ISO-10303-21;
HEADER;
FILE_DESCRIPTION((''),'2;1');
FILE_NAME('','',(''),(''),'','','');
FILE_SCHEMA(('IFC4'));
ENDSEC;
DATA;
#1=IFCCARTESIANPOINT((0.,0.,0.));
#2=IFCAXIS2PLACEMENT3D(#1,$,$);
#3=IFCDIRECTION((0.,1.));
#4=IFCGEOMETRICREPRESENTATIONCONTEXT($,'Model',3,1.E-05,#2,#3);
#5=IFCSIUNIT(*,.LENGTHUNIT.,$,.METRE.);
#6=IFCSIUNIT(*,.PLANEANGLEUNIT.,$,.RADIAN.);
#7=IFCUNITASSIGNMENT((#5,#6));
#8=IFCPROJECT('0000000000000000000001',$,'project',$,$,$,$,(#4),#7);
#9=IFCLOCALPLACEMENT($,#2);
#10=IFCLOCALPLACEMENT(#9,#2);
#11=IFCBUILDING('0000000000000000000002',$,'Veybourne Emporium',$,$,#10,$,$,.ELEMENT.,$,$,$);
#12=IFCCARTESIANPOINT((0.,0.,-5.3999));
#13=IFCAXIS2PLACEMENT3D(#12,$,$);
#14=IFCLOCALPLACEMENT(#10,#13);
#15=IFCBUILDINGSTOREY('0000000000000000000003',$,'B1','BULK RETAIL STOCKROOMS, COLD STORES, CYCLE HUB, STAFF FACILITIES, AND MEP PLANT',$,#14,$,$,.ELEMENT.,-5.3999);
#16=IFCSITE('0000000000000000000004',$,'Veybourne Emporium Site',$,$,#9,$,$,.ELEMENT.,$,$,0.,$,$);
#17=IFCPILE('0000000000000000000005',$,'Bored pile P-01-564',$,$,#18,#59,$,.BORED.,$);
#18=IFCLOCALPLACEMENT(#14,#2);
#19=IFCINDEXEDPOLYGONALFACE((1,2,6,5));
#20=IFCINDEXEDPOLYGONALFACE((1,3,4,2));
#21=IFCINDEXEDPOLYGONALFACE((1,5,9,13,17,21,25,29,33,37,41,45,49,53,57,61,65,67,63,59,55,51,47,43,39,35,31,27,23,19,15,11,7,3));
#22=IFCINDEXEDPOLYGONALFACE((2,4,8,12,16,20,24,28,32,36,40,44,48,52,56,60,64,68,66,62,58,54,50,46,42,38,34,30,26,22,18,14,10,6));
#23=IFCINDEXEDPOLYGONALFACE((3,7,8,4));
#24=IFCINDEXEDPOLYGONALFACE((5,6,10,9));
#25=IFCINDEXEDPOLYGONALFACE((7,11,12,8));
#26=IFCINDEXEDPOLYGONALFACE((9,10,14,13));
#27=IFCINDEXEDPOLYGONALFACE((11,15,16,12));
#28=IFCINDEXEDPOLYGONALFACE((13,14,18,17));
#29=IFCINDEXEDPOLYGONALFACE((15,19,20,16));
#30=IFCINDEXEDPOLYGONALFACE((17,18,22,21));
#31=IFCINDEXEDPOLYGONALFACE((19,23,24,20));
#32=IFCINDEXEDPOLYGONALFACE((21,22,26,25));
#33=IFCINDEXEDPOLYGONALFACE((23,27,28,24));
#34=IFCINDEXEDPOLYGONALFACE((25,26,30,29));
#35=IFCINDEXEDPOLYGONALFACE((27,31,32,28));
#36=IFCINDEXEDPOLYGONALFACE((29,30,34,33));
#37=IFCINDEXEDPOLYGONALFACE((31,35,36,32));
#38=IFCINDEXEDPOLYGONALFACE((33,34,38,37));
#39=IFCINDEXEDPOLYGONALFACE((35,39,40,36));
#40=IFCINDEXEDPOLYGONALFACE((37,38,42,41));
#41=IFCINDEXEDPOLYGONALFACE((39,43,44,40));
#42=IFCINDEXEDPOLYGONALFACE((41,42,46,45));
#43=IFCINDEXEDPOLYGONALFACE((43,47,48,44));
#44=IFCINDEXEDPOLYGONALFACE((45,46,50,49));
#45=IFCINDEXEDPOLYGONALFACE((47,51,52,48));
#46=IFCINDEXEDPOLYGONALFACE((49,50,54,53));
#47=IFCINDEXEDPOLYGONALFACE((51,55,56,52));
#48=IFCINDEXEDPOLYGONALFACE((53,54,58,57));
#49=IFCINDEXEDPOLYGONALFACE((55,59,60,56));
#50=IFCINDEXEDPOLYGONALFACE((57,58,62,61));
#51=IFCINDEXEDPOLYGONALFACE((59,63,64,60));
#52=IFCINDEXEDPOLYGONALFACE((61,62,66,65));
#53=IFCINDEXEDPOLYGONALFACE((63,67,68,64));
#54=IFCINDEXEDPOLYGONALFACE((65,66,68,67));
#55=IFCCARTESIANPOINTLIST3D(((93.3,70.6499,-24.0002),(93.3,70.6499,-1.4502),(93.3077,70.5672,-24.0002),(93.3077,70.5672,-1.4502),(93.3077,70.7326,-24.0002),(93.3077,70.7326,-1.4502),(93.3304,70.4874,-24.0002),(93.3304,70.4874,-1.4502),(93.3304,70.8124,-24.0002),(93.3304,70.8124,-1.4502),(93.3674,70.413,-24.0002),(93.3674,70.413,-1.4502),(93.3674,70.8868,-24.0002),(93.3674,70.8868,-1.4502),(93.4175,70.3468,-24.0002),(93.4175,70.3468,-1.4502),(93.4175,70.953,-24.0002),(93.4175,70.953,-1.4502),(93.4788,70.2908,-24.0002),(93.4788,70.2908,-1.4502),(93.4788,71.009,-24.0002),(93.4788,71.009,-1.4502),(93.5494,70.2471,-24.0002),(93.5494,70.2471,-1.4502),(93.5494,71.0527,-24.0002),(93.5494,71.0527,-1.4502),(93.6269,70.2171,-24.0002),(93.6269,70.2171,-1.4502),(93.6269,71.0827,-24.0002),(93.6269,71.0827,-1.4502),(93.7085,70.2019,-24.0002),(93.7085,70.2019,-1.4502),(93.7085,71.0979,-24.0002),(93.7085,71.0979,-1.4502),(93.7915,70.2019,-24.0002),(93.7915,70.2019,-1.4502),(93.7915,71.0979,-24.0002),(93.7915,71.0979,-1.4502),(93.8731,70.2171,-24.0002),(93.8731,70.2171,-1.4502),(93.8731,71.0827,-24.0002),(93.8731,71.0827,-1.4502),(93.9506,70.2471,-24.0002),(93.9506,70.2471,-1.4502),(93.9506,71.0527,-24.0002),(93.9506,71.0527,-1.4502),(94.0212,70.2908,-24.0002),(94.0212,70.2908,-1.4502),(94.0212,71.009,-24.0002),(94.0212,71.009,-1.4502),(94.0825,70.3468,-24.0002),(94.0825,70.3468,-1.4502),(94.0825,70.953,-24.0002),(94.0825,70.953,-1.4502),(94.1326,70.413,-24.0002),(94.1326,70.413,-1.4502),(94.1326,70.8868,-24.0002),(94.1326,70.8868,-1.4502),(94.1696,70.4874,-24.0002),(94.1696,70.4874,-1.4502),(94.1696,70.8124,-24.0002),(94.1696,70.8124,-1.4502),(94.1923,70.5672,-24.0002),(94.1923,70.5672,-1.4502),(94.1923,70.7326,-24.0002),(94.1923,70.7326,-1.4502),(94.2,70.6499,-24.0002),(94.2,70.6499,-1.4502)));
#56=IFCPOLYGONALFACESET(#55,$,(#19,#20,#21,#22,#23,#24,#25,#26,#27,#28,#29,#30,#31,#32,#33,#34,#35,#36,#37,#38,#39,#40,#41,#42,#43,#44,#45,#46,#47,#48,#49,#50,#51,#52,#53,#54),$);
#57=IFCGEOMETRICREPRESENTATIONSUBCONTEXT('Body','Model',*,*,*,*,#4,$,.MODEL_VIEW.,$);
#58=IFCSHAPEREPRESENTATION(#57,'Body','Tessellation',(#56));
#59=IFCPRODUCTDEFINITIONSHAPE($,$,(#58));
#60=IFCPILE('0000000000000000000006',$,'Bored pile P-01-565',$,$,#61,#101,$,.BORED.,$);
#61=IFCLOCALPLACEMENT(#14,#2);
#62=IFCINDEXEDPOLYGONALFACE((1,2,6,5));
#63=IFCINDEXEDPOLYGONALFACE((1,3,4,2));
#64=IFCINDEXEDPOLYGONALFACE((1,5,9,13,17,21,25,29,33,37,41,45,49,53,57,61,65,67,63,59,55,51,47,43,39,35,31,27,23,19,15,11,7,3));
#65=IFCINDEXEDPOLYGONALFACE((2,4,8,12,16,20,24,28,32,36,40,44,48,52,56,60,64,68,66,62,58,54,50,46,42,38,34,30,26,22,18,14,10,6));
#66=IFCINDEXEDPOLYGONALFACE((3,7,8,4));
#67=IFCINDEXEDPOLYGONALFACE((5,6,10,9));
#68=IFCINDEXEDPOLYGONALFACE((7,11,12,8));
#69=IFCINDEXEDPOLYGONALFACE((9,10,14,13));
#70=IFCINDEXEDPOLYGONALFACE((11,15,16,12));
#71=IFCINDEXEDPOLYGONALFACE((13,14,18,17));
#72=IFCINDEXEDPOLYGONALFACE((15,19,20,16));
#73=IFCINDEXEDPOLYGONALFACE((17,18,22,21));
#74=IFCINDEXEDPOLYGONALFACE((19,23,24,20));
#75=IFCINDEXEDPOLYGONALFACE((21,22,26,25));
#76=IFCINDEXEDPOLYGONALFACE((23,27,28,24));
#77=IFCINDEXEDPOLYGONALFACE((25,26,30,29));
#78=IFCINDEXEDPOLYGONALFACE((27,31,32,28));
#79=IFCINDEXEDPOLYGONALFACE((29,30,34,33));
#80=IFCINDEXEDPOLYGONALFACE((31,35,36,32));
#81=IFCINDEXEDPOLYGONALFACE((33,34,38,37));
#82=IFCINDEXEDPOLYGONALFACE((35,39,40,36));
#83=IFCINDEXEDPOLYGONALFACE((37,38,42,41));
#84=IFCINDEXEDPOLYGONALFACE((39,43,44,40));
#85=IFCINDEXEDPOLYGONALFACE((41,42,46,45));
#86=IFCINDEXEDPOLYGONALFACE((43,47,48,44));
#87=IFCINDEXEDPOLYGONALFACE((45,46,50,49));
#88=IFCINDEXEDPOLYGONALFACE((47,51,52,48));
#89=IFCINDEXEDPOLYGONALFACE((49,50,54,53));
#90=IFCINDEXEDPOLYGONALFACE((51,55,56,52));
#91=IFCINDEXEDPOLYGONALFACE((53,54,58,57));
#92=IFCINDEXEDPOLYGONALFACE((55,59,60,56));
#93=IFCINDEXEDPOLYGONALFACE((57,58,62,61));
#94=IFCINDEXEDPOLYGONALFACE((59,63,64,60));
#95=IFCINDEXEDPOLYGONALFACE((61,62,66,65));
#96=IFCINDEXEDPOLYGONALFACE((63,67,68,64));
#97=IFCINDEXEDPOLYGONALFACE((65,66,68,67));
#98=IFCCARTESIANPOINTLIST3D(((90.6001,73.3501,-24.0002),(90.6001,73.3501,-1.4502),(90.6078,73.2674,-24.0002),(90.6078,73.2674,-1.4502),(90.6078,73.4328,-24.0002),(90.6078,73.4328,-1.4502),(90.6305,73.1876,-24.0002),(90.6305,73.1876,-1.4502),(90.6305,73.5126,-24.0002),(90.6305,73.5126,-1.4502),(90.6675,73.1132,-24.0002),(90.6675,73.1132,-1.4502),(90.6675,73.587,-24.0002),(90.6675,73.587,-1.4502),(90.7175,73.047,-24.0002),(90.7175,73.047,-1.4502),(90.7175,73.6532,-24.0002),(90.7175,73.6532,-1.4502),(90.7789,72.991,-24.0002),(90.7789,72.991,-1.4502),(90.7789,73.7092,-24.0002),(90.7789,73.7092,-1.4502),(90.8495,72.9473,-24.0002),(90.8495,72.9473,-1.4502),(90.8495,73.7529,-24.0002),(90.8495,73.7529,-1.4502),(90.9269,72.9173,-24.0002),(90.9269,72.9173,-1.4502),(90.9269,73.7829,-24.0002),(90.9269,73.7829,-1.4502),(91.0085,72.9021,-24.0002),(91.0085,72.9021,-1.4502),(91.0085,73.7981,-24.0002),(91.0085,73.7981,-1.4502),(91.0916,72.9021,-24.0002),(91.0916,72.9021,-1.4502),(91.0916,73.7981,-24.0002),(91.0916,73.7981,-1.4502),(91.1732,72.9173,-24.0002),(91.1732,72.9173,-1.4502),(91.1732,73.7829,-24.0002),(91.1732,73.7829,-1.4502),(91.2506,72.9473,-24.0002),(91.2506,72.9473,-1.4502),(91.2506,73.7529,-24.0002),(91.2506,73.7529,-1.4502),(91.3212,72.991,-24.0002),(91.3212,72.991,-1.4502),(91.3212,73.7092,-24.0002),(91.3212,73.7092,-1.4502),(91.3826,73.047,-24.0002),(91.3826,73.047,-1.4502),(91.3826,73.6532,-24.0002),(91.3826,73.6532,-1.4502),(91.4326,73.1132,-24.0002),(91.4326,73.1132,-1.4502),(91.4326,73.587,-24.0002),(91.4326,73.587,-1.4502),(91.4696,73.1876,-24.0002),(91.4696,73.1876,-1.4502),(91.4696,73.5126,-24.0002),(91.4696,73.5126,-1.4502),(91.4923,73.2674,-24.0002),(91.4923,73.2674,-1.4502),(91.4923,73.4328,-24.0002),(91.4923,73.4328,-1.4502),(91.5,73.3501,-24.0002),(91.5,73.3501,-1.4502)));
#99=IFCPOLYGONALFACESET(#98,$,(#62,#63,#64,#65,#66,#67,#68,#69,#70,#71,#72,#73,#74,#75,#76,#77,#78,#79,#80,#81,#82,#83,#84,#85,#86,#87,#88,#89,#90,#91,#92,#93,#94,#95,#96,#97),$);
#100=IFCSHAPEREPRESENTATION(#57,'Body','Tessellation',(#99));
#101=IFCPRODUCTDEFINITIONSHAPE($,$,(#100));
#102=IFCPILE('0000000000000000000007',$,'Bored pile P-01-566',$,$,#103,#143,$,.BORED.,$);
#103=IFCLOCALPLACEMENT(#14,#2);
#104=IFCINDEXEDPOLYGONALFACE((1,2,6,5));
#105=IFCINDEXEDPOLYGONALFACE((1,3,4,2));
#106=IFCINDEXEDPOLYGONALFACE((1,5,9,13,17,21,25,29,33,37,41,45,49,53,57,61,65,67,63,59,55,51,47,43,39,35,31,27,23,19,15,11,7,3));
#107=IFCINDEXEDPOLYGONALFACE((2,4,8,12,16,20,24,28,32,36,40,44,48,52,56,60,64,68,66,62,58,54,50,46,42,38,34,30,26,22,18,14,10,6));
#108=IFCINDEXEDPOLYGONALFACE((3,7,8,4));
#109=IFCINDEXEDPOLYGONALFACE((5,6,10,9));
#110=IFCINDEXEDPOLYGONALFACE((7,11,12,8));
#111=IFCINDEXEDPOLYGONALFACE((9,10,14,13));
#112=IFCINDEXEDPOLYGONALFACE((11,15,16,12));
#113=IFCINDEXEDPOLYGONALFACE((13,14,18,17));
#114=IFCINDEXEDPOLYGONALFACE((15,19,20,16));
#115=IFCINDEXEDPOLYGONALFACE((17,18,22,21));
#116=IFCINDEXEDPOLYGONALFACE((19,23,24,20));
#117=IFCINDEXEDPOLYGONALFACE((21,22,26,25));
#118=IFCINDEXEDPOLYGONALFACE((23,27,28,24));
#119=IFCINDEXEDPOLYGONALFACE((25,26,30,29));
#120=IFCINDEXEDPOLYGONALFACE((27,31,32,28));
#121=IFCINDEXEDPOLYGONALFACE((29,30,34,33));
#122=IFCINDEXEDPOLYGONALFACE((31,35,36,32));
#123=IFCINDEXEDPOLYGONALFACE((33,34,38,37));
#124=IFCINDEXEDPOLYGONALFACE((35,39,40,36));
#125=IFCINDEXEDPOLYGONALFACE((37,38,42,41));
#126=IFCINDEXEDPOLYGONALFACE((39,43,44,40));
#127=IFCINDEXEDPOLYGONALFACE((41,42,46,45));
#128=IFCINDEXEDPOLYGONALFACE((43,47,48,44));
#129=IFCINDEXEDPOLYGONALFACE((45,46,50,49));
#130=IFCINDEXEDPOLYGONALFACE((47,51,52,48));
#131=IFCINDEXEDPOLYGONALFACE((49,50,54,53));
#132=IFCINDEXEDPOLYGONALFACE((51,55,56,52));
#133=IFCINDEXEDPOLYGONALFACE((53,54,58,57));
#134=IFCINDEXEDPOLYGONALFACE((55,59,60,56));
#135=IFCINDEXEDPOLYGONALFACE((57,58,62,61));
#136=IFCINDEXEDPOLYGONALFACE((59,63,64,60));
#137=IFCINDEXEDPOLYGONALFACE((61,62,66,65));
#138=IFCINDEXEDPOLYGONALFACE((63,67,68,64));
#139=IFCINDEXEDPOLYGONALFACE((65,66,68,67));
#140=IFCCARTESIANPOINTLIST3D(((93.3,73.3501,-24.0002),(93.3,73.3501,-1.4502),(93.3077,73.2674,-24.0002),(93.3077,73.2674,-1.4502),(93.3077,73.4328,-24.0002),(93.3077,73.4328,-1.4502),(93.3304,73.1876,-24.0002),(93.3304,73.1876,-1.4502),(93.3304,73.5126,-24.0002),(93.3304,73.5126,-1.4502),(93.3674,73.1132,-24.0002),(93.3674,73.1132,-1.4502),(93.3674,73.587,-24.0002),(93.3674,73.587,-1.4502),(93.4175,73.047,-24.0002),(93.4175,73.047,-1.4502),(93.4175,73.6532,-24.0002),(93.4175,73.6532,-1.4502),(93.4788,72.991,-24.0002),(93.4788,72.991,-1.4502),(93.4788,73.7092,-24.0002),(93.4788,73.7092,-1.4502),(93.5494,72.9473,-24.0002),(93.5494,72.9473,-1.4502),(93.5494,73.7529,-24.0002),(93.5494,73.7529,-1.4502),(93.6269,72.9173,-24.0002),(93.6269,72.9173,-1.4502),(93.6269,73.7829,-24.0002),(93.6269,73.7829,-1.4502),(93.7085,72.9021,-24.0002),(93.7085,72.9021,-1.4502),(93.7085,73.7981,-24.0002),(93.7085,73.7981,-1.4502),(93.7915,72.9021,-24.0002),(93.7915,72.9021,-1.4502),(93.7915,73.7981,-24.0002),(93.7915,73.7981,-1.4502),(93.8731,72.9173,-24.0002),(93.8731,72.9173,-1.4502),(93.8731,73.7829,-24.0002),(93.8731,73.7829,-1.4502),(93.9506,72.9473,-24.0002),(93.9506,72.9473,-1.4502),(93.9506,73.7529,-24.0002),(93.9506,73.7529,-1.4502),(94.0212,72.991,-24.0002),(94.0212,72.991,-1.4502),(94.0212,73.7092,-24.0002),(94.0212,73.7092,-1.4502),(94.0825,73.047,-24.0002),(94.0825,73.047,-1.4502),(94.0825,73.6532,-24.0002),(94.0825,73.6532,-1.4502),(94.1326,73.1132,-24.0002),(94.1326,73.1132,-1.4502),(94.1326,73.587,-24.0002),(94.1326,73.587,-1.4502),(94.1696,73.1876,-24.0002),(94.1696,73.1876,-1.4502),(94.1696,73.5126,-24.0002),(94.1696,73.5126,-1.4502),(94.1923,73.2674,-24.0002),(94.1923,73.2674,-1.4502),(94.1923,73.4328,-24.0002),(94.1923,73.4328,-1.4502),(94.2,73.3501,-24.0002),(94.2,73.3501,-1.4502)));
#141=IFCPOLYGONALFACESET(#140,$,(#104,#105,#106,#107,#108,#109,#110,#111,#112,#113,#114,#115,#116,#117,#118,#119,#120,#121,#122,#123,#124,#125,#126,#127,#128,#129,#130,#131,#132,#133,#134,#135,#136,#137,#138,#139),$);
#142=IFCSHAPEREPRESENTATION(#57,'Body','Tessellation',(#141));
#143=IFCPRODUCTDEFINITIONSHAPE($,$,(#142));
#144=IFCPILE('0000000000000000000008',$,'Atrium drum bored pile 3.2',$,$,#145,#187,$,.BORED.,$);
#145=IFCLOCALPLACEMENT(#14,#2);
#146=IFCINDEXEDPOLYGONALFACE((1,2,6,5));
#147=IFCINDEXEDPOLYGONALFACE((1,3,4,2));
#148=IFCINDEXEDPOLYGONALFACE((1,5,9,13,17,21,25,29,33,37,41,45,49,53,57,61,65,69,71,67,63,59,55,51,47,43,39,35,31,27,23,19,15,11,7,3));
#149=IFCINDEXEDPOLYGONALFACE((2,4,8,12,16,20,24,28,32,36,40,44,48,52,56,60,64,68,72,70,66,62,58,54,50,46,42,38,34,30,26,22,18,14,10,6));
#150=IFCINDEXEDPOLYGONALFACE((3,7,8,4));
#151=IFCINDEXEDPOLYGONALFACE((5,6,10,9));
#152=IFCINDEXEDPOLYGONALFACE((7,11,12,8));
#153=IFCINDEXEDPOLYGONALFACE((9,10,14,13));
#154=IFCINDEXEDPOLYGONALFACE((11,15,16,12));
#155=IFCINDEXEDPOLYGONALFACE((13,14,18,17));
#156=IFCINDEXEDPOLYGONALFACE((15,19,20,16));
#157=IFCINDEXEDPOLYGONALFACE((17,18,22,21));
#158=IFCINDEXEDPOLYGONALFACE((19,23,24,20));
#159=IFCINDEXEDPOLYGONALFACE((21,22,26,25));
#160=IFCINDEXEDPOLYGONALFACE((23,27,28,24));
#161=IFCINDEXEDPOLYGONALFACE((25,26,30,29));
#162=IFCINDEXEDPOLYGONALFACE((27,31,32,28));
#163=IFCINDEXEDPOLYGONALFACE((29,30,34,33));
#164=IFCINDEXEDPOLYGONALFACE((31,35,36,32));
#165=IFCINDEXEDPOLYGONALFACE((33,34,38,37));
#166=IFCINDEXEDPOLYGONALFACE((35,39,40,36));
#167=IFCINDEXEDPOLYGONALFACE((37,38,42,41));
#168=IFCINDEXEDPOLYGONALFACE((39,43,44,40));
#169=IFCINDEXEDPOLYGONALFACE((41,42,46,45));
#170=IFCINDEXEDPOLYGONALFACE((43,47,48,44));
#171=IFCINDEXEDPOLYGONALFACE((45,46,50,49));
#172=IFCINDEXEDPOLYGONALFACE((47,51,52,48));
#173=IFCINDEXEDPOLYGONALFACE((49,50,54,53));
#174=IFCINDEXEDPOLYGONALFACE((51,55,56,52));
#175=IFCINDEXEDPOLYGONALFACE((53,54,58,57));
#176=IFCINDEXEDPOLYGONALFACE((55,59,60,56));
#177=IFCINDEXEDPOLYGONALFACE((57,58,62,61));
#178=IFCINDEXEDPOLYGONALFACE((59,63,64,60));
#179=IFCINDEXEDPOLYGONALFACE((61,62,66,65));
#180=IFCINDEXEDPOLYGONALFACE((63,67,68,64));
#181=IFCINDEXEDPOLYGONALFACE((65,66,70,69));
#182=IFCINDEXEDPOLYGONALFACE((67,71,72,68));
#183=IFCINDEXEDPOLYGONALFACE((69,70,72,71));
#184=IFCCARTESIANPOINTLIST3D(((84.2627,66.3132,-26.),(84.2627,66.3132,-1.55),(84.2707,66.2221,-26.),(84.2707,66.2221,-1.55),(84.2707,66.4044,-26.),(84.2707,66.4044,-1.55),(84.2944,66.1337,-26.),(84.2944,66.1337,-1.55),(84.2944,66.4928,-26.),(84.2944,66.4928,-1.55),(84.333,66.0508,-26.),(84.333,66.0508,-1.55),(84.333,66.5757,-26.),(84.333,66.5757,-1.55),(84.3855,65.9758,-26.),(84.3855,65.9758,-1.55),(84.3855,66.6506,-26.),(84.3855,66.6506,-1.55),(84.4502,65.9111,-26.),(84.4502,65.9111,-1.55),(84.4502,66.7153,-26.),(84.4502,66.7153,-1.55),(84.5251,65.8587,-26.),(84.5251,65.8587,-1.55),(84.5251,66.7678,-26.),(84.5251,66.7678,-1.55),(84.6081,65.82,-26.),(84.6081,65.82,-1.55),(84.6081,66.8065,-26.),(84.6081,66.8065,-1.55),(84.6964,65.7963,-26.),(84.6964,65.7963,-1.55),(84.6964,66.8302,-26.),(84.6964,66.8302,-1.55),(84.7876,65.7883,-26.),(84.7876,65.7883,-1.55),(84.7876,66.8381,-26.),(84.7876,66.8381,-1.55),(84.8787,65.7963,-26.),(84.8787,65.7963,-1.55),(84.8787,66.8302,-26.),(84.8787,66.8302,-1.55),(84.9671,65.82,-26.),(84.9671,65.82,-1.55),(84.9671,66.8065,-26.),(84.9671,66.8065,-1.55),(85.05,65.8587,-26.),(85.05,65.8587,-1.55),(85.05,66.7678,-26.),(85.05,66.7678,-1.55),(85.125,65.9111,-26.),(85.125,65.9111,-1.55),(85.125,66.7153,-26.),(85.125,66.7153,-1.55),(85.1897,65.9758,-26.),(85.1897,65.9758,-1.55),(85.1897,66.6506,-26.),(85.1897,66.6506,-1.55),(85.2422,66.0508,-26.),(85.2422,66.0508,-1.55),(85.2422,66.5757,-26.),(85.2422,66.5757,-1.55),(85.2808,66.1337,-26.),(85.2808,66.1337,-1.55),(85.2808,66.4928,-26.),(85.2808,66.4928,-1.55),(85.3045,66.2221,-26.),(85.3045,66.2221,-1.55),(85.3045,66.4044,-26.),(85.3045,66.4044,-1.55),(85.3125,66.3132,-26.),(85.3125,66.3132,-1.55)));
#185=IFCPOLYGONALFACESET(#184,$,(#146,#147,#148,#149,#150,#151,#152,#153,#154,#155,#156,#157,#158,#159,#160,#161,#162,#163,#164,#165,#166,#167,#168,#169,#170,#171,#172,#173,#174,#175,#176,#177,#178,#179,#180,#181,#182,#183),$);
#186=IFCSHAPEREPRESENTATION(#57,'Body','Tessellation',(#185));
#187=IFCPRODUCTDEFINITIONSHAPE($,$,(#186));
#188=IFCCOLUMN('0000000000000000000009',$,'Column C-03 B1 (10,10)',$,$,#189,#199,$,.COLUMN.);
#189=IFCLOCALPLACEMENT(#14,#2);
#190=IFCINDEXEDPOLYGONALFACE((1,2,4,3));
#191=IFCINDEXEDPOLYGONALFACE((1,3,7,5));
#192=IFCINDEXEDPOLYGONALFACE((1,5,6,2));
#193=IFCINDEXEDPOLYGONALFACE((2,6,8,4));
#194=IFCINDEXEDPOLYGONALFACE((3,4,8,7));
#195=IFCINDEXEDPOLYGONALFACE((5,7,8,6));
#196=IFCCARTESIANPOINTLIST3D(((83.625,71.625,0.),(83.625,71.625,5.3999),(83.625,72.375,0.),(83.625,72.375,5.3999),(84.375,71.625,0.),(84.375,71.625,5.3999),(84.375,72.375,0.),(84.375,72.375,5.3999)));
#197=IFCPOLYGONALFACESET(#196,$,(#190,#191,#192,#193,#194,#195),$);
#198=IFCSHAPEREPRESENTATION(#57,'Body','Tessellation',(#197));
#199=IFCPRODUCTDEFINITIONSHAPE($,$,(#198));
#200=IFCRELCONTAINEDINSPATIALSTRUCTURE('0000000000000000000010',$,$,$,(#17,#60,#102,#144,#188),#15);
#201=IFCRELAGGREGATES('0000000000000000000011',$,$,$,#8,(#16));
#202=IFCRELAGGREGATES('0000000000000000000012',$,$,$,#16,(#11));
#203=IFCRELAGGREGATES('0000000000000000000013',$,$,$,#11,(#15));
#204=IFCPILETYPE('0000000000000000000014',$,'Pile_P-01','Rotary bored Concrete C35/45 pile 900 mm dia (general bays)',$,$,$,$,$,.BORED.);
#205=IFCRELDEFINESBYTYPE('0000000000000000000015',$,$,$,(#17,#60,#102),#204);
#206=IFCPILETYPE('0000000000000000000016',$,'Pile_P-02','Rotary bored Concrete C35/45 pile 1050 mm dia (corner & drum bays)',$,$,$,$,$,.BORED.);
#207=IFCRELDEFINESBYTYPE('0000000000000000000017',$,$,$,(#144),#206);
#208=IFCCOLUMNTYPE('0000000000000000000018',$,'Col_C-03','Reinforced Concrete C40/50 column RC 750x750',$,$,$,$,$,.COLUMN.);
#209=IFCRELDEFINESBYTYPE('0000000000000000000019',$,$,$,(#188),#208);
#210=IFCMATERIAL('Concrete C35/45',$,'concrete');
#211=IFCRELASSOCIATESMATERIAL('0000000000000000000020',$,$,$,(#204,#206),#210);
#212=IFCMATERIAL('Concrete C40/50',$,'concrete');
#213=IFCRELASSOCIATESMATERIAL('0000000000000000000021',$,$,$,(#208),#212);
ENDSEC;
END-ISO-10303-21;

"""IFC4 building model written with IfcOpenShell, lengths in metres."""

from ifc_helpers import new_model, si_unit, direction, frame, origin, origin_2d, place, context, subcontext, project, spatial, rectangle, circle, extrude, material, material_profile, profile_set, type_object, element, save


model = new_model("IFC4")

# Units and contexts
model_context = context("Model", 3, precision=1e-05, world=origin(), true_north=direction((0.0, 1.0)))
body_context = subcontext(model_context, "Body", "Model", "MODEL_VIEW")
ifc_project = project(units=[si_unit("LENGTHUNIT", "METRE"), si_unit("PLANEANGLEUNIT", "RADIAN")], contexts=[model_context])

# Site, building, storey
site_placement = place(None, origin())
site = spatial("IfcSite", under=ifc_project, at=site_placement, Name="Veybourne Emporium Site", CompositionType="ELEMENT", RefElevation=0.0)
building_placement = place(site_placement, origin())
building = spatial("IfcBuilding", under=site, at=building_placement, Name="Veybourne Emporium", CompositionType="ELEMENT")
storey_placement = place(building_placement, frame((0.0, 0.0, -5.3999)))
storey = spatial("IfcBuildingStorey", under=building, at=storey_placement, Name="B1", Description="BULK RETAIL STOCKROOMS, COLD STORES, CYCLE HUB, STAFF FACILITIES, AND MEP PLANT", CompositionType="ELEMENT", Elevation=-5.3999)

# Shared definitions
ifc_material_1 = material(Name="Concrete C35/45", Category="concrete")

# Piles
ifc_material_profile_1 = material_profile(ifc_material_1, circle(Radius=0.45, at=origin_2d()), Name="BORED PILE 900")
ifc_profile_set_1 = profile_set([ifc_material_profile_1], Name="Concrete C35/45")
pile_type_1 = type_object("IfcPileType", Name="Pile_P-01", Description="Rotary bored Concrete C35/45 pile 900 mm dia (general bays)", PredefinedType="BORED", material=ifc_profile_set_1)
for number, where, z_axis, x_axis, name in (
    (1, (93.75, 70.6499, -1.4502), (0.0, 0.0, -1.0), (1.0, 0.0, 0.0), "Bored pile P-01-564"),
    (2, (91.05, 73.3501, -1.4502), (0.0, 0.0, -1.0), (1.0, 0.0, 0.0), "Bored pile P-01-565"),
    (3, (93.75, 73.3501, -1.4502), (0.0, 0.0, -1.0), (1.0, 0.0, 0.0), "Bored pile P-01-566"),
):
    element("IfcPile", number, at=place(storey_placement, frame(where, z_axis=z_axis, x_axis=x_axis)), inside=storey, type_object=pile_type_1, Name=name, PredefinedType="BORED", context=body_context, shape_type="SweptSolid", body=[
        extrude(circle(Radius=0.45, at=origin_2d()), origin(), (0.0, 0.0, 1.0), 22.55),
    ])
ifc_material_profile_2 = material_profile(ifc_material_1, circle(Radius=0.5249, at=origin_2d()), Name="BORED PILE 1050")
ifc_profile_set_2 = profile_set([ifc_material_profile_2], Name="Concrete C35/45")
pile_type_2 = type_object("IfcPileType", Name="Pile_P-02", Description="Rotary bored Concrete C35/45 pile 1050 mm dia (corner & drum bays)", PredefinedType="BORED", material=ifc_profile_set_2)
pile_placement = place(storey_placement, frame((84.7876, 66.3132, -1.55), z_axis=(0.0, 0.0, -1.0), x_axis=(1.0, 0.0, 0.0)))
element("IfcPile", 4, at=pile_placement, inside=storey, type_object=pile_type_2, Name="Atrium drum bored pile 3.2", PredefinedType="BORED", context=body_context, shape_type="SweptSolid", body=[
    extrude(circle(Radius=0.5249, at=origin_2d()), origin(), (0.0, 0.0, 1.0), 24.45),
])

# Column
ifc_material_2 = material(Name="Concrete C40/50", Category="concrete")
ifc_material_profile_3 = material_profile(ifc_material_2, rectangle(XDim=0.75, YDim=0.75, at=origin_2d()), Name="RC 750x750")
ifc_profile_set_3 = profile_set([ifc_material_profile_3], Name="Concrete C40/50")
column_type_1 = type_object("IfcColumnType", Name="Col_C-03", Description="Reinforced Concrete C40/50 column RC 750x750", PredefinedType="COLUMN", material=ifc_profile_set_3)
column_1_placement = place(storey_placement, frame((84.0, 72.0, 0.0), z_axis=(0.0, 0.0, 1.0), x_axis=(1.0, 0.0, 0.0)))
element("IfcColumn", 5, at=column_1_placement, inside=storey, type_object=column_type_1, Name="Column C-03 B1 (10,10)", PredefinedType="COLUMN", context=body_context, shape_type="SweptSolid", body=[
    extrude(rectangle(XDim=0.75, YDim=0.75, at=origin_2d()), origin(), (0.0, 0.0, 1.0), 5.3999),
])

save(model, "model.ifc")
